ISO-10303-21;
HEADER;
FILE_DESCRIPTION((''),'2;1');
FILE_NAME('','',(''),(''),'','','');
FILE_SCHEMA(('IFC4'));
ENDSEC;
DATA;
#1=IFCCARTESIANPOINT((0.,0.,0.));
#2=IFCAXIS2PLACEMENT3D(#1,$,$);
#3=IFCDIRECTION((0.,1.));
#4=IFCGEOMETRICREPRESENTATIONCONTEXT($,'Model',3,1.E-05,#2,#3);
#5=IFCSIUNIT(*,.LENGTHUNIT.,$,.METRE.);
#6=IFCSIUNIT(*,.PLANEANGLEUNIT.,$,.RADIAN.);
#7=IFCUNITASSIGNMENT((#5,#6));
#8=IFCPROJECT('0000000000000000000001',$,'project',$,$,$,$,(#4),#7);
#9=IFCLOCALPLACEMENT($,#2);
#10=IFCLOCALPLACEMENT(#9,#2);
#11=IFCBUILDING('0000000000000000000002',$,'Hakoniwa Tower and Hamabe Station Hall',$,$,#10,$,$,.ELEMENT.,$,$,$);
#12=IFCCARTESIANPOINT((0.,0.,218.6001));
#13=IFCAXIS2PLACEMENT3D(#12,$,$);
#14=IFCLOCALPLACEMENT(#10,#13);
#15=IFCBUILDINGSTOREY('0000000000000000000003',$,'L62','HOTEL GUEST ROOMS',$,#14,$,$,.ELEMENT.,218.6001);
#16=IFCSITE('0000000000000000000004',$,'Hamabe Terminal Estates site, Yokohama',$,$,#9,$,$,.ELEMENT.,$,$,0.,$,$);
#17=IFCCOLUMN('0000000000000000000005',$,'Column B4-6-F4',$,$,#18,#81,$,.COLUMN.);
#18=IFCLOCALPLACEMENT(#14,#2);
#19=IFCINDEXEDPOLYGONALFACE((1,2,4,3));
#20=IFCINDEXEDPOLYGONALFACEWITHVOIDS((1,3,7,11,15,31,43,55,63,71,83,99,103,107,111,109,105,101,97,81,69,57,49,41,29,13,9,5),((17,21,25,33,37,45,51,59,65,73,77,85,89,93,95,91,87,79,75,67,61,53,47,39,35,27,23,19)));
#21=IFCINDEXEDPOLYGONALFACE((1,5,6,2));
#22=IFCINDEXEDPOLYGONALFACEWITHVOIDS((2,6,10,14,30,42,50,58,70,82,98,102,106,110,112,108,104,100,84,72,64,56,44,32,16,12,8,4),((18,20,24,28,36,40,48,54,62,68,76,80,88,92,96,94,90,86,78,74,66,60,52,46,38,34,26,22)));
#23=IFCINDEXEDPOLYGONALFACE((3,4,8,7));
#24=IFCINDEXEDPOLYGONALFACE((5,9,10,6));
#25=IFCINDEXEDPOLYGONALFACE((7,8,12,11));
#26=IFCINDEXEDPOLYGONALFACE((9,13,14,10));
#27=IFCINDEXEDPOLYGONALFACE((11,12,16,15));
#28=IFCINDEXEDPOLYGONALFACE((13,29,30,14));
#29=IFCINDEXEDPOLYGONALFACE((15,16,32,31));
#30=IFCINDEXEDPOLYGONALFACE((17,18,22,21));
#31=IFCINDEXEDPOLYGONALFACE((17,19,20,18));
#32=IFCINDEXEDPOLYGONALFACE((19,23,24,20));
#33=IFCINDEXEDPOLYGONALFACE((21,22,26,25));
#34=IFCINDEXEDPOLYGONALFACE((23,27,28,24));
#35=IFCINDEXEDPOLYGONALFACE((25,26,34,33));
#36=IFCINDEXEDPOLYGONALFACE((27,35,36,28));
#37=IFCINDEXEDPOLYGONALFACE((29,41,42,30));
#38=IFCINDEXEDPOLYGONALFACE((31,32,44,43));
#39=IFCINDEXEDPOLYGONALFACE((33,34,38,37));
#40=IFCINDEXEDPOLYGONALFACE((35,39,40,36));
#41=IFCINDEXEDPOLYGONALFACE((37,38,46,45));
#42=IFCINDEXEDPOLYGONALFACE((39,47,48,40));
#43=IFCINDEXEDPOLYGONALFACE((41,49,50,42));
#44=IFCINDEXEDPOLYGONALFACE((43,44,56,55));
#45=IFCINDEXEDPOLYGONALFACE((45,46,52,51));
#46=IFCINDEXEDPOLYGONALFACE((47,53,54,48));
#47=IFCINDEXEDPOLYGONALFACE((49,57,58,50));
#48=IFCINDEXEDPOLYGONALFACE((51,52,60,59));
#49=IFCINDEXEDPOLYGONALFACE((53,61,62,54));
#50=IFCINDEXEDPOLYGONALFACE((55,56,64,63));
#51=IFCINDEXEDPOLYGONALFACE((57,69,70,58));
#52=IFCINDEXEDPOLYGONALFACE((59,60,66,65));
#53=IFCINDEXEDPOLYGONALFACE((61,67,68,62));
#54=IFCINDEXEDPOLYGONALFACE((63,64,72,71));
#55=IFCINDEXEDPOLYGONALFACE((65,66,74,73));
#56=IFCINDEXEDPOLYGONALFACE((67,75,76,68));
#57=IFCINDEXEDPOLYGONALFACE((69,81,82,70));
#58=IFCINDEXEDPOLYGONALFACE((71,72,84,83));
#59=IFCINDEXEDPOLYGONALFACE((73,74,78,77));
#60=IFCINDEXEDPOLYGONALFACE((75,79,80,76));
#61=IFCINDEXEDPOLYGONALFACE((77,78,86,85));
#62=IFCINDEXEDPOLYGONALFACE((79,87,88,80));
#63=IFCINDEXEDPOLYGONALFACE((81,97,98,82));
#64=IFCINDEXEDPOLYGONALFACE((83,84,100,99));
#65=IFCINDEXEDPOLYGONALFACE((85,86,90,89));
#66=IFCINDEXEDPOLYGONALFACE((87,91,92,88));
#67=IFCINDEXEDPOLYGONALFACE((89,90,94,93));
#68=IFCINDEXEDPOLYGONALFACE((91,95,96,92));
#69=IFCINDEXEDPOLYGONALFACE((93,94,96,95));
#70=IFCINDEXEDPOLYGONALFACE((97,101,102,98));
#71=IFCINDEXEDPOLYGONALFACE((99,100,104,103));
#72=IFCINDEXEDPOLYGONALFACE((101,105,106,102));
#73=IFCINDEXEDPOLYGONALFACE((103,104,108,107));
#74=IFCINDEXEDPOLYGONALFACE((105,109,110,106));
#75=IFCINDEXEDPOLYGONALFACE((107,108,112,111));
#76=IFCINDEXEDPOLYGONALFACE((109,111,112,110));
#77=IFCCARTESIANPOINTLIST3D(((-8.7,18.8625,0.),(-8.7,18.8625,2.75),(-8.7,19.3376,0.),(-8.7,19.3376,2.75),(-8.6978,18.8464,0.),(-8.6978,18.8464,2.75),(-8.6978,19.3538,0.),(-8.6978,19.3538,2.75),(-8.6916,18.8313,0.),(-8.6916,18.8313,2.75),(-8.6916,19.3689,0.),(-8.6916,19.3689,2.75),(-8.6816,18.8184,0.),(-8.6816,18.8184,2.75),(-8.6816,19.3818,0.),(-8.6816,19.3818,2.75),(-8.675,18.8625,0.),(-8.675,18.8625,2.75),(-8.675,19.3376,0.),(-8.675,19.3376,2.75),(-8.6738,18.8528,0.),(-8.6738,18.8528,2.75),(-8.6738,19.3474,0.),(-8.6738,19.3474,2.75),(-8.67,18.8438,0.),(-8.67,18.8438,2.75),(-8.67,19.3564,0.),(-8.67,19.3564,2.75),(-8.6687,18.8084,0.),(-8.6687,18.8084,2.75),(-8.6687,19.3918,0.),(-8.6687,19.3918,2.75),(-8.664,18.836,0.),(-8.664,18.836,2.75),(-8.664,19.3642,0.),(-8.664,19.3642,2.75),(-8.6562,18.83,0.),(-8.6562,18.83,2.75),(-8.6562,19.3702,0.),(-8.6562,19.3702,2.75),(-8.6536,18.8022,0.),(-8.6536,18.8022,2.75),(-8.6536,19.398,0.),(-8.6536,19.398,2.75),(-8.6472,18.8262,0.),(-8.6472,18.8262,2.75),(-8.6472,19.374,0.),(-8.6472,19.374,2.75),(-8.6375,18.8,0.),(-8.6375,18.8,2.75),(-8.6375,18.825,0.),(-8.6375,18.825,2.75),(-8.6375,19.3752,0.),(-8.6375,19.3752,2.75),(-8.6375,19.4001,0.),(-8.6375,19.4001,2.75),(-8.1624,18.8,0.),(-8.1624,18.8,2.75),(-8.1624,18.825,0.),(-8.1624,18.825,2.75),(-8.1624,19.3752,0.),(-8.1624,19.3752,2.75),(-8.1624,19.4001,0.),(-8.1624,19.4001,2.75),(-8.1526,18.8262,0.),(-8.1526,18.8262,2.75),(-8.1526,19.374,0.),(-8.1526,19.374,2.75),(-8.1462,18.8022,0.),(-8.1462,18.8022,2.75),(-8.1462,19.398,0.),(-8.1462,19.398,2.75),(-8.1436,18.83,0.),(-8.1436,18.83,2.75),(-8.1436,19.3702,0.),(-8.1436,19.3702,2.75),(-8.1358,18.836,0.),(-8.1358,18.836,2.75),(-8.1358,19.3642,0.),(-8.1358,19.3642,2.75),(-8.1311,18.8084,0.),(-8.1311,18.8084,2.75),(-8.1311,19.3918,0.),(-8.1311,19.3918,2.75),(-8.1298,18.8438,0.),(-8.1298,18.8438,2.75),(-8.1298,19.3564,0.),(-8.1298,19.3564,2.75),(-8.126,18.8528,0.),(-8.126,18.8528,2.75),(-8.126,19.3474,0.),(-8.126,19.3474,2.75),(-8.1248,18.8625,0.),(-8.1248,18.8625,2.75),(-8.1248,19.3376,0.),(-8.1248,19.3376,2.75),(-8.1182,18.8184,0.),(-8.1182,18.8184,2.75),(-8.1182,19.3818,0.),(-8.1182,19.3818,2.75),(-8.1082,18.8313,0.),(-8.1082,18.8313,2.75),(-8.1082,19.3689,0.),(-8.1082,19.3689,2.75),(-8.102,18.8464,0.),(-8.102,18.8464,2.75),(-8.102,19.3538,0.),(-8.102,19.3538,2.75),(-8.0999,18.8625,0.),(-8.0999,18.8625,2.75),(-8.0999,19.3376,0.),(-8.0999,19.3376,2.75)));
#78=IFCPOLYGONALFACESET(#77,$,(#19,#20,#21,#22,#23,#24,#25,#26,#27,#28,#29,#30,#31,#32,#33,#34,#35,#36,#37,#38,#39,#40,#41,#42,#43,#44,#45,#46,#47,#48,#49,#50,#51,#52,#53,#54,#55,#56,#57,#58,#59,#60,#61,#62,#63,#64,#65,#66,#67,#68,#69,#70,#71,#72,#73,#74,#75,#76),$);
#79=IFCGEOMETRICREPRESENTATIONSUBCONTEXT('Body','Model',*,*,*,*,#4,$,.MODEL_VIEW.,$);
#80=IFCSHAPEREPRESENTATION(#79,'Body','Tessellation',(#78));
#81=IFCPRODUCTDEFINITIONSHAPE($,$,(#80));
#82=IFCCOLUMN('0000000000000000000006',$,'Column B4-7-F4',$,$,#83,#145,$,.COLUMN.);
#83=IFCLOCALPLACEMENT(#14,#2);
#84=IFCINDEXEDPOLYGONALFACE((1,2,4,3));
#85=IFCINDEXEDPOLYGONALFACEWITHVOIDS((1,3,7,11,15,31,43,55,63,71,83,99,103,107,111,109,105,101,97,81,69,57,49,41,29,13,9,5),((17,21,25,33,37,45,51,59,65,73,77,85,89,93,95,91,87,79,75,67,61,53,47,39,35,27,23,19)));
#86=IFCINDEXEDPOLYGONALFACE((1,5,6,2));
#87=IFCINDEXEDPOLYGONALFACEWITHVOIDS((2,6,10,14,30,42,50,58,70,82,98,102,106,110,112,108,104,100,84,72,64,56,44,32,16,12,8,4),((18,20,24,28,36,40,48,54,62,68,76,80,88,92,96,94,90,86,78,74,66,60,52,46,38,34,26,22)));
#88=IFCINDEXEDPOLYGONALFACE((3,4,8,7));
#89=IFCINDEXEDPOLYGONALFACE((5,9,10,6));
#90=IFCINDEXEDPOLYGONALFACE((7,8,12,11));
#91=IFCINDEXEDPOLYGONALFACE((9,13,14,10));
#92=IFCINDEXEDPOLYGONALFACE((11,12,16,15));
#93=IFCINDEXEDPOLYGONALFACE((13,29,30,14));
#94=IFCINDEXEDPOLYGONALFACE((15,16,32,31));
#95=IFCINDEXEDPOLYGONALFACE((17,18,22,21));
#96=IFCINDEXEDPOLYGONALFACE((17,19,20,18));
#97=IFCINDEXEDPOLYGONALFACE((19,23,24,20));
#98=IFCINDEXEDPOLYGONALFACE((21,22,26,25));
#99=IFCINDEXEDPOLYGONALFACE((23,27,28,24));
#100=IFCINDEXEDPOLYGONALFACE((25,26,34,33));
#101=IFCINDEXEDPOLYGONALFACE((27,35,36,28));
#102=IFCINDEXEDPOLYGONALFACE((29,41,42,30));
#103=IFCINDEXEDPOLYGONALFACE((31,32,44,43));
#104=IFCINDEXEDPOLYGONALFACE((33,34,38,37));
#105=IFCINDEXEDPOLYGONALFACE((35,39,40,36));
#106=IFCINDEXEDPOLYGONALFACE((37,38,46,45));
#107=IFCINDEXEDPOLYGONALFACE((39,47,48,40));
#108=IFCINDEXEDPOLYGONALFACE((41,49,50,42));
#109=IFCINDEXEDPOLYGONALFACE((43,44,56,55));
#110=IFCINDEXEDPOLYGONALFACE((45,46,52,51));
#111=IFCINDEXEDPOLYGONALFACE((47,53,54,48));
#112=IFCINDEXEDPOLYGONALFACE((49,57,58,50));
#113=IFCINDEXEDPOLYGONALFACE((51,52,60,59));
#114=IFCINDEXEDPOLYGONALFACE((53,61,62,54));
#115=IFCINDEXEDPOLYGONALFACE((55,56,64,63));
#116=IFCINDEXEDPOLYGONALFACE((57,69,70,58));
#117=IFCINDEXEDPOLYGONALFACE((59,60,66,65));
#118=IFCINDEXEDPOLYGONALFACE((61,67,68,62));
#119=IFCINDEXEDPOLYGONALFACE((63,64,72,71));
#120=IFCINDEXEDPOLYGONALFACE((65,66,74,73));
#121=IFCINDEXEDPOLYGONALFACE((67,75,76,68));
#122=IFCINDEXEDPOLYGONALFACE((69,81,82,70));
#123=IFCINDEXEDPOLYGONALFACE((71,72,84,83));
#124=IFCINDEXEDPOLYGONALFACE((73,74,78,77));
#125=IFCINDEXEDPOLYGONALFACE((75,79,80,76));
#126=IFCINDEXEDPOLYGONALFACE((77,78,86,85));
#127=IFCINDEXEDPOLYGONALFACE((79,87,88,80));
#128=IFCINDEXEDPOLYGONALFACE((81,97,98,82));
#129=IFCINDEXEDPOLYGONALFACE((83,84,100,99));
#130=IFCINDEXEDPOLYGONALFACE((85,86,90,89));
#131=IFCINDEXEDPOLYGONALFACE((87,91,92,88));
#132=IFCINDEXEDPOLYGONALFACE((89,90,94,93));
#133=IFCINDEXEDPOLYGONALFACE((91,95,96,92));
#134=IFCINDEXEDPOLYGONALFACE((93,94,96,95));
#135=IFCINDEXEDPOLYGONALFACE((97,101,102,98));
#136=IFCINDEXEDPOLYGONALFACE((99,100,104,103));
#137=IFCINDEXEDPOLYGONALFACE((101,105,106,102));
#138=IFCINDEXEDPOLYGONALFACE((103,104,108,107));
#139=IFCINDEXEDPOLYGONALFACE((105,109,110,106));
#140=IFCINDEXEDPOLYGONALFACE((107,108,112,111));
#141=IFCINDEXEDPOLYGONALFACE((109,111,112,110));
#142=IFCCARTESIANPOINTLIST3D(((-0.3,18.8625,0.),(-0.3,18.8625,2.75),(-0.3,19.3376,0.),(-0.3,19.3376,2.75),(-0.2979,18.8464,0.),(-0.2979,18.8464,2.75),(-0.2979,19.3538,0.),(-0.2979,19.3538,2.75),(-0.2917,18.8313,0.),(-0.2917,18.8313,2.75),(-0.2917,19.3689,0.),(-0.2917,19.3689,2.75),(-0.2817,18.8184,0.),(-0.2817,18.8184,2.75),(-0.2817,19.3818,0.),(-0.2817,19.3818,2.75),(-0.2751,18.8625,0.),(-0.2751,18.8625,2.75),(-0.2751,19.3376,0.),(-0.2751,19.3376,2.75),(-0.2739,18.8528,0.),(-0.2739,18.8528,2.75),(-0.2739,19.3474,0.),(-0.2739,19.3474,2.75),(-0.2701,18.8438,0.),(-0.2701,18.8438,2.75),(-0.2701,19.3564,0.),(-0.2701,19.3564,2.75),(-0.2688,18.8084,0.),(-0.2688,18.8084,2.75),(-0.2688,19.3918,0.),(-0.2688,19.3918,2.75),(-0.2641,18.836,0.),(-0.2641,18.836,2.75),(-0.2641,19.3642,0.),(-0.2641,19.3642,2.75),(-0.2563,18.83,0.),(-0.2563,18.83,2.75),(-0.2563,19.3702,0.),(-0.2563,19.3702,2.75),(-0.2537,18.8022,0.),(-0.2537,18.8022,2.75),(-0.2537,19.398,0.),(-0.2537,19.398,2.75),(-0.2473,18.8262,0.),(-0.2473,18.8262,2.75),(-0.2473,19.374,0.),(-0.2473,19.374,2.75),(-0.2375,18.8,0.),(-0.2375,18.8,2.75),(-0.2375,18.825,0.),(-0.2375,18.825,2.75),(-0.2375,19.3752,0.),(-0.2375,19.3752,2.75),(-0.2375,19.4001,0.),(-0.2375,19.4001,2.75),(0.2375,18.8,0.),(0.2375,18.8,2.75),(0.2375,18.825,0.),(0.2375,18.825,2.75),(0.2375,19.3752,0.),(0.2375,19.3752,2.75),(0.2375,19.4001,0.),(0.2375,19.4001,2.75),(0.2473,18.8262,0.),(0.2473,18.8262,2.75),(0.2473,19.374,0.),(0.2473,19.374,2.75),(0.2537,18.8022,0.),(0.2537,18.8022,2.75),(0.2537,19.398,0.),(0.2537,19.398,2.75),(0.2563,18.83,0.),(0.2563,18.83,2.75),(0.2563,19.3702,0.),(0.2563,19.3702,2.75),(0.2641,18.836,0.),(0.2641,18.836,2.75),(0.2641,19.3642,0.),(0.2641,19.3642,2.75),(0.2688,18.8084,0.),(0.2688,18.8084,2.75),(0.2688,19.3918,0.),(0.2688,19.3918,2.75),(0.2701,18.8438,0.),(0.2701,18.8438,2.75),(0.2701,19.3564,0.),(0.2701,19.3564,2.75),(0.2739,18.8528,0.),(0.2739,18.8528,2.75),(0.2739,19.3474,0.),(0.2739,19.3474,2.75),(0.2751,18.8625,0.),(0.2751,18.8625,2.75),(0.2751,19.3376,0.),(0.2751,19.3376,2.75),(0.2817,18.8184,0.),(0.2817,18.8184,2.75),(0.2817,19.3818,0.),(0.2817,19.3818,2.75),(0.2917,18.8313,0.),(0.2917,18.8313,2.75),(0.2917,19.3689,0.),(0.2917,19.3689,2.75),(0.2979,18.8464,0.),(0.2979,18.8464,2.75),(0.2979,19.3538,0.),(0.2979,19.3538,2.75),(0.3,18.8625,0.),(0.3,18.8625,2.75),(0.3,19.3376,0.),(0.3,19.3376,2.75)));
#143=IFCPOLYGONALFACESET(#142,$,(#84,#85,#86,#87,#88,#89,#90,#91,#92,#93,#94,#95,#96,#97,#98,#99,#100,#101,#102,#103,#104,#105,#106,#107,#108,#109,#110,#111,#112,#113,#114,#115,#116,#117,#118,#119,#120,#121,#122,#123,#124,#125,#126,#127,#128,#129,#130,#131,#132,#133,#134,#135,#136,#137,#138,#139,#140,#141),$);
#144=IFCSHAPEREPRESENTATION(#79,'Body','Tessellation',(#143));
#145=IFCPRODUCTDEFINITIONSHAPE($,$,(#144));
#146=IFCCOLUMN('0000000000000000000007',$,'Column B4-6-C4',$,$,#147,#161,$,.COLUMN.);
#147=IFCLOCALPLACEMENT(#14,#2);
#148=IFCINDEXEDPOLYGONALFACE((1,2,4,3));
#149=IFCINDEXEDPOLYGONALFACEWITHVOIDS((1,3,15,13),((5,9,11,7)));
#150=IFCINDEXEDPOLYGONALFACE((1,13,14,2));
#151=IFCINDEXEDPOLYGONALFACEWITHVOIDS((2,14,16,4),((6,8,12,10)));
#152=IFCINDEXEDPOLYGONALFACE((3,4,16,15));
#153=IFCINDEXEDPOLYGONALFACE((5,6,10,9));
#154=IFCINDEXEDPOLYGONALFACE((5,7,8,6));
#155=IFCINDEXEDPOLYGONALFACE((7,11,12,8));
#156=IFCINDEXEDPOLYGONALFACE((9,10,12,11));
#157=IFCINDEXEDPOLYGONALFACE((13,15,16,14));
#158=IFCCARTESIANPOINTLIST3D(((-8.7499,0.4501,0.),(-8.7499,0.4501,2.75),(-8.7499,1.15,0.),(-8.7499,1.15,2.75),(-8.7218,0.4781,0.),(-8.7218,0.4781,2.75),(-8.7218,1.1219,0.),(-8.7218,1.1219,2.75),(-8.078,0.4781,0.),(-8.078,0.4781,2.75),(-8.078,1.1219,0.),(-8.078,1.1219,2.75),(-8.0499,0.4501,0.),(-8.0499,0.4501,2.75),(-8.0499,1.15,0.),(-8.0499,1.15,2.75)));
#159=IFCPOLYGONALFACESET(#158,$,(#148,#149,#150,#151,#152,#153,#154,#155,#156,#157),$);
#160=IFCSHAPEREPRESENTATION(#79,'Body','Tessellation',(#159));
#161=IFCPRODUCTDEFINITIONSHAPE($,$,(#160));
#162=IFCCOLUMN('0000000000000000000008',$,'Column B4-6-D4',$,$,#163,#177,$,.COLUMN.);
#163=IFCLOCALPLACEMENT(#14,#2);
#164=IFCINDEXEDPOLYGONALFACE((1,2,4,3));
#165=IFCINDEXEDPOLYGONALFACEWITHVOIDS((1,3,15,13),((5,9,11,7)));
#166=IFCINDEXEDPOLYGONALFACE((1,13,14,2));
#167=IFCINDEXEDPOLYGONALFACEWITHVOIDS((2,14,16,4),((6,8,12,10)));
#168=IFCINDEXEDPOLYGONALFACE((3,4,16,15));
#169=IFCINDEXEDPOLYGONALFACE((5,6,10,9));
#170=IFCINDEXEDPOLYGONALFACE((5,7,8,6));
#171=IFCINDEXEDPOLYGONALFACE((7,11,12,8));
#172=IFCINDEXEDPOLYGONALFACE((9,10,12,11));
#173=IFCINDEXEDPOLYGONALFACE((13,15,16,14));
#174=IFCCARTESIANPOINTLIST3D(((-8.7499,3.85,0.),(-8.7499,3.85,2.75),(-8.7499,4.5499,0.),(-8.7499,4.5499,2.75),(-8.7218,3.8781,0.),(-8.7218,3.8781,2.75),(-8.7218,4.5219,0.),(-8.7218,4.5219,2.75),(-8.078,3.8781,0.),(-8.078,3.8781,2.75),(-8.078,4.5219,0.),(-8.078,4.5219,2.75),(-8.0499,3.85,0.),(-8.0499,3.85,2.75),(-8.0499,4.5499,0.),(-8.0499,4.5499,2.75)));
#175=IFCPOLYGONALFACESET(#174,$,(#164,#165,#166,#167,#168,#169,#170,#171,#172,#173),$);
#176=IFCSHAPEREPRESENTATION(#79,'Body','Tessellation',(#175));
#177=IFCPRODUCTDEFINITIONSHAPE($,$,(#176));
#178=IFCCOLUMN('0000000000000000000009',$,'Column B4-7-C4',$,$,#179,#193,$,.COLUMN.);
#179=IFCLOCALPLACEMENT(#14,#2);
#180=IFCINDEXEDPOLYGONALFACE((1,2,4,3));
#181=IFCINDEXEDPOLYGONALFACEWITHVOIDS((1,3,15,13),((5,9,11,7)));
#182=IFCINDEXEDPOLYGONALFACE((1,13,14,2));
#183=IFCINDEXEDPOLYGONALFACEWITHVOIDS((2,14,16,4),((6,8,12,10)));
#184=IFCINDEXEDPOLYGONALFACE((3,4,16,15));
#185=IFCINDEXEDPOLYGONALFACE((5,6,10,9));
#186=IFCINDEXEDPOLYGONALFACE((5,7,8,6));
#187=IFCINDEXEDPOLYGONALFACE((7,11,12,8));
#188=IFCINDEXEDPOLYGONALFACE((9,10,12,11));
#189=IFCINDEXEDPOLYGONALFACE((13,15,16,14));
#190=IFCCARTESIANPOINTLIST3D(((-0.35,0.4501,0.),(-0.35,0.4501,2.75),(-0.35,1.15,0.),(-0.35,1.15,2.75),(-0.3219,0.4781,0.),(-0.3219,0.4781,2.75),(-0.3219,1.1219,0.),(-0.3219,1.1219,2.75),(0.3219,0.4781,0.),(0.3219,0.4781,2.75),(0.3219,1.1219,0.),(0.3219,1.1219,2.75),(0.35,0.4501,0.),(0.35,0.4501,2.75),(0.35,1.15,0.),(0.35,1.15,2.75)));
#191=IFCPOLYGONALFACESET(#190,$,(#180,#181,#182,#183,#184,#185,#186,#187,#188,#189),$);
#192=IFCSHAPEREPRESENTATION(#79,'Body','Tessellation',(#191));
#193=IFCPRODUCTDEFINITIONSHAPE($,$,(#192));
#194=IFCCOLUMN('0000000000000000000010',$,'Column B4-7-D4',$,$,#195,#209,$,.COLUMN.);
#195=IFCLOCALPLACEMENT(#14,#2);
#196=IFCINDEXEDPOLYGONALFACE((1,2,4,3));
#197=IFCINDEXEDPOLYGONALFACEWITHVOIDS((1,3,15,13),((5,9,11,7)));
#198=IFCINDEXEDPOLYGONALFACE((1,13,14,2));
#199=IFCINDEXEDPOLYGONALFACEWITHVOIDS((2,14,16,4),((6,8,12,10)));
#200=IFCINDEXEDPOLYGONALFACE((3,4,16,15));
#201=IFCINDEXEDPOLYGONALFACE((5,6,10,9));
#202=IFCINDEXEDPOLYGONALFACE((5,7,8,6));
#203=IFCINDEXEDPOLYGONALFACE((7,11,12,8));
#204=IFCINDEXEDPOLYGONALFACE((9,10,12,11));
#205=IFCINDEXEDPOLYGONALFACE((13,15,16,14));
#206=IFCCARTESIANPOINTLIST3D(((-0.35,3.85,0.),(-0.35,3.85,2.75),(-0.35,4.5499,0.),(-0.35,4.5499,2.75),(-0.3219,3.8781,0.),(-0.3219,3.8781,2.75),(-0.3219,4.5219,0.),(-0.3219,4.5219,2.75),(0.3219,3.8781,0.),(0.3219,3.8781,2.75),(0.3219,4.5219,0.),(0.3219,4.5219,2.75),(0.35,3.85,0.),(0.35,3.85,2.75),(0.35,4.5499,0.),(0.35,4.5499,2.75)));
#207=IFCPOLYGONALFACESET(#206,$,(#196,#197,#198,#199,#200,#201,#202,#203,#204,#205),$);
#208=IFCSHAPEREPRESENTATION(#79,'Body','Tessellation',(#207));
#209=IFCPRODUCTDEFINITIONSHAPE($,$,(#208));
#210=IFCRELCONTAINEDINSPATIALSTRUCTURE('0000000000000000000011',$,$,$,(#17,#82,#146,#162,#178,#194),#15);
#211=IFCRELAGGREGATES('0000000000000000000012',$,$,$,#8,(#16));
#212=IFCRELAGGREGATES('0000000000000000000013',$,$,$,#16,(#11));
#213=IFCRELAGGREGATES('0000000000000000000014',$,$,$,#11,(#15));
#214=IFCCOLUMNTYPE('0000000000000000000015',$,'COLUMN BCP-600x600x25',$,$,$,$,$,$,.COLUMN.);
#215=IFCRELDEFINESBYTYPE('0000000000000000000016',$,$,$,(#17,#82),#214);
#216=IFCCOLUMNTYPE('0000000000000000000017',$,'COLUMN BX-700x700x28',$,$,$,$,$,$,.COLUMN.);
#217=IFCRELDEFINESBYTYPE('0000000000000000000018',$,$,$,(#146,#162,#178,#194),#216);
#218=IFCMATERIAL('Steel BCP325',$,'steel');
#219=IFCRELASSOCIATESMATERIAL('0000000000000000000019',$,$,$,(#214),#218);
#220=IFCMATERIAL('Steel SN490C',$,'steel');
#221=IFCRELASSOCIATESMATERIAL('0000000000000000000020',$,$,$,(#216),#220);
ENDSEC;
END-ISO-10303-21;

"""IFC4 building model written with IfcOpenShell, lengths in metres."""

from ifc_helpers import new_model, si_unit, direction, frame, origin, origin_2d, place, context, subcontext, project, spatial, hollow_rectangle, extrude, material, material_profile, profile_set, type_object, element, save


model = new_model("IFC4")

# Units and contexts
model_context = context("Model", 3, precision=1e-05, world=origin(), true_north=direction((0.0, 1.0)))
body_context = subcontext(model_context, "Body", "Model", "MODEL_VIEW")
ifc_project = project(units=[si_unit("LENGTHUNIT", "METRE"), si_unit("PLANEANGLEUNIT", "RADIAN")], contexts=[model_context])

# Site, building, storey
site_placement = place(None, origin())
site = spatial("IfcSite", under=ifc_project, at=site_placement, Name="Hamabe Terminal Estates site, Yokohama", CompositionType="ELEMENT", RefElevation=0.0)
building_placement = place(site_placement, origin())
building = spatial("IfcBuilding", under=site, at=building_placement, Name="Hakoniwa Tower and Hamabe Station Hall", CompositionType="ELEMENT")
storey_placement = place(building_placement, frame((0.0, 0.0, 218.6001)))
storey = spatial("IfcBuildingStorey", under=building, at=storey_placement, Name="L62", Description="HOTEL GUEST ROOMS", CompositionType="ELEMENT", Elevation=218.6001)

# Columns
ifc_material_1 = material(Name="Steel BCP325", Category="steel")
ifc_material_profile_1 = material_profile(ifc_material_1, hollow_rectangle(XDim=0.6001, YDim=0.6001, WallThickness=0.0249, InnerFilletRadius=0.0376, OuterFilletRadius=0.0625, at=origin_2d()), Name="BCP-600x600x25")
ifc_profile_set_1 = profile_set([ifc_material_profile_1], Name="Steel BCP325")
column_type_1 = type_object("IfcColumnType", Name="COLUMN BCP-600x600x25", PredefinedType="COLUMN", material=ifc_profile_set_1)
for number, where, z_axis, x_axis, name in (
    (1, (-8.3999, 19.1001, 0.0), (0.0, 0.0, 1.0), (1.0, 0.0, 0.0), "Column B4-6-F4"),
    (2, (0.0, 19.1001, 0.0), (0.0, 0.0, 1.0), (1.0, 0.0, 0.0), "Column B4-7-F4"),
):
    element("IfcColumn", number, at=place(storey_placement, frame(where, z_axis=z_axis, x_axis=x_axis)), inside=storey, type_object=column_type_1, Name=name, PredefinedType="COLUMN", context=body_context, shape_type="SweptSolid", body=[
        extrude(hollow_rectangle(XDim=0.6001, YDim=0.6001, WallThickness=0.0249, InnerFilletRadius=0.0376, OuterFilletRadius=0.0625, at=origin_2d()), origin(), (0.0, 0.0, 1.0), 2.75),
    ])
ifc_material_2 = material(Name="Steel SN490C", Category="steel")
ifc_material_profile_2 = material_profile(ifc_material_2, hollow_rectangle(XDim=0.7, YDim=0.7, WallThickness=0.0281, at=origin_2d()), Name="BX-700x700x28")
ifc_profile_set_2 = profile_set([ifc_material_profile_2], Name="Steel SN490C")
column_type_2 = type_object("IfcColumnType", Name="COLUMN BX-700x700x28", PredefinedType="COLUMN", material=ifc_profile_set_2)
for number, where, z_axis, x_axis, name in (
    (3, (-8.3999, 0.8, 0.0), (0.0, 0.0, 1.0), (1.0, 0.0, 0.0), "Column B4-6-C4"),
    (4, (-8.3999, 4.2, 0.0), (0.0, 0.0, 1.0), (1.0, 0.0, 0.0), "Column B4-6-D4"),
    (5, (0.0, 0.8, 0.0), (0.0, 0.0, 1.0), (1.0, 0.0, 0.0), "Column B4-7-C4"),
    (6, (0.0, 4.2, 0.0), (0.0, 0.0, 1.0), (1.0, 0.0, 0.0), "Column B4-7-D4"),
):
    element("IfcColumn", number, at=place(storey_placement, frame(where, z_axis=z_axis, x_axis=x_axis)), inside=storey, type_object=column_type_2, Name=name, PredefinedType="COLUMN", context=body_context, shape_type="SweptSolid", body=[
        extrude(hollow_rectangle(XDim=0.7, YDim=0.7, WallThickness=0.0281, at=origin_2d()), origin(), (0.0, 0.0, 1.0), 2.75),
    ])

save(model, "model.ifc")
